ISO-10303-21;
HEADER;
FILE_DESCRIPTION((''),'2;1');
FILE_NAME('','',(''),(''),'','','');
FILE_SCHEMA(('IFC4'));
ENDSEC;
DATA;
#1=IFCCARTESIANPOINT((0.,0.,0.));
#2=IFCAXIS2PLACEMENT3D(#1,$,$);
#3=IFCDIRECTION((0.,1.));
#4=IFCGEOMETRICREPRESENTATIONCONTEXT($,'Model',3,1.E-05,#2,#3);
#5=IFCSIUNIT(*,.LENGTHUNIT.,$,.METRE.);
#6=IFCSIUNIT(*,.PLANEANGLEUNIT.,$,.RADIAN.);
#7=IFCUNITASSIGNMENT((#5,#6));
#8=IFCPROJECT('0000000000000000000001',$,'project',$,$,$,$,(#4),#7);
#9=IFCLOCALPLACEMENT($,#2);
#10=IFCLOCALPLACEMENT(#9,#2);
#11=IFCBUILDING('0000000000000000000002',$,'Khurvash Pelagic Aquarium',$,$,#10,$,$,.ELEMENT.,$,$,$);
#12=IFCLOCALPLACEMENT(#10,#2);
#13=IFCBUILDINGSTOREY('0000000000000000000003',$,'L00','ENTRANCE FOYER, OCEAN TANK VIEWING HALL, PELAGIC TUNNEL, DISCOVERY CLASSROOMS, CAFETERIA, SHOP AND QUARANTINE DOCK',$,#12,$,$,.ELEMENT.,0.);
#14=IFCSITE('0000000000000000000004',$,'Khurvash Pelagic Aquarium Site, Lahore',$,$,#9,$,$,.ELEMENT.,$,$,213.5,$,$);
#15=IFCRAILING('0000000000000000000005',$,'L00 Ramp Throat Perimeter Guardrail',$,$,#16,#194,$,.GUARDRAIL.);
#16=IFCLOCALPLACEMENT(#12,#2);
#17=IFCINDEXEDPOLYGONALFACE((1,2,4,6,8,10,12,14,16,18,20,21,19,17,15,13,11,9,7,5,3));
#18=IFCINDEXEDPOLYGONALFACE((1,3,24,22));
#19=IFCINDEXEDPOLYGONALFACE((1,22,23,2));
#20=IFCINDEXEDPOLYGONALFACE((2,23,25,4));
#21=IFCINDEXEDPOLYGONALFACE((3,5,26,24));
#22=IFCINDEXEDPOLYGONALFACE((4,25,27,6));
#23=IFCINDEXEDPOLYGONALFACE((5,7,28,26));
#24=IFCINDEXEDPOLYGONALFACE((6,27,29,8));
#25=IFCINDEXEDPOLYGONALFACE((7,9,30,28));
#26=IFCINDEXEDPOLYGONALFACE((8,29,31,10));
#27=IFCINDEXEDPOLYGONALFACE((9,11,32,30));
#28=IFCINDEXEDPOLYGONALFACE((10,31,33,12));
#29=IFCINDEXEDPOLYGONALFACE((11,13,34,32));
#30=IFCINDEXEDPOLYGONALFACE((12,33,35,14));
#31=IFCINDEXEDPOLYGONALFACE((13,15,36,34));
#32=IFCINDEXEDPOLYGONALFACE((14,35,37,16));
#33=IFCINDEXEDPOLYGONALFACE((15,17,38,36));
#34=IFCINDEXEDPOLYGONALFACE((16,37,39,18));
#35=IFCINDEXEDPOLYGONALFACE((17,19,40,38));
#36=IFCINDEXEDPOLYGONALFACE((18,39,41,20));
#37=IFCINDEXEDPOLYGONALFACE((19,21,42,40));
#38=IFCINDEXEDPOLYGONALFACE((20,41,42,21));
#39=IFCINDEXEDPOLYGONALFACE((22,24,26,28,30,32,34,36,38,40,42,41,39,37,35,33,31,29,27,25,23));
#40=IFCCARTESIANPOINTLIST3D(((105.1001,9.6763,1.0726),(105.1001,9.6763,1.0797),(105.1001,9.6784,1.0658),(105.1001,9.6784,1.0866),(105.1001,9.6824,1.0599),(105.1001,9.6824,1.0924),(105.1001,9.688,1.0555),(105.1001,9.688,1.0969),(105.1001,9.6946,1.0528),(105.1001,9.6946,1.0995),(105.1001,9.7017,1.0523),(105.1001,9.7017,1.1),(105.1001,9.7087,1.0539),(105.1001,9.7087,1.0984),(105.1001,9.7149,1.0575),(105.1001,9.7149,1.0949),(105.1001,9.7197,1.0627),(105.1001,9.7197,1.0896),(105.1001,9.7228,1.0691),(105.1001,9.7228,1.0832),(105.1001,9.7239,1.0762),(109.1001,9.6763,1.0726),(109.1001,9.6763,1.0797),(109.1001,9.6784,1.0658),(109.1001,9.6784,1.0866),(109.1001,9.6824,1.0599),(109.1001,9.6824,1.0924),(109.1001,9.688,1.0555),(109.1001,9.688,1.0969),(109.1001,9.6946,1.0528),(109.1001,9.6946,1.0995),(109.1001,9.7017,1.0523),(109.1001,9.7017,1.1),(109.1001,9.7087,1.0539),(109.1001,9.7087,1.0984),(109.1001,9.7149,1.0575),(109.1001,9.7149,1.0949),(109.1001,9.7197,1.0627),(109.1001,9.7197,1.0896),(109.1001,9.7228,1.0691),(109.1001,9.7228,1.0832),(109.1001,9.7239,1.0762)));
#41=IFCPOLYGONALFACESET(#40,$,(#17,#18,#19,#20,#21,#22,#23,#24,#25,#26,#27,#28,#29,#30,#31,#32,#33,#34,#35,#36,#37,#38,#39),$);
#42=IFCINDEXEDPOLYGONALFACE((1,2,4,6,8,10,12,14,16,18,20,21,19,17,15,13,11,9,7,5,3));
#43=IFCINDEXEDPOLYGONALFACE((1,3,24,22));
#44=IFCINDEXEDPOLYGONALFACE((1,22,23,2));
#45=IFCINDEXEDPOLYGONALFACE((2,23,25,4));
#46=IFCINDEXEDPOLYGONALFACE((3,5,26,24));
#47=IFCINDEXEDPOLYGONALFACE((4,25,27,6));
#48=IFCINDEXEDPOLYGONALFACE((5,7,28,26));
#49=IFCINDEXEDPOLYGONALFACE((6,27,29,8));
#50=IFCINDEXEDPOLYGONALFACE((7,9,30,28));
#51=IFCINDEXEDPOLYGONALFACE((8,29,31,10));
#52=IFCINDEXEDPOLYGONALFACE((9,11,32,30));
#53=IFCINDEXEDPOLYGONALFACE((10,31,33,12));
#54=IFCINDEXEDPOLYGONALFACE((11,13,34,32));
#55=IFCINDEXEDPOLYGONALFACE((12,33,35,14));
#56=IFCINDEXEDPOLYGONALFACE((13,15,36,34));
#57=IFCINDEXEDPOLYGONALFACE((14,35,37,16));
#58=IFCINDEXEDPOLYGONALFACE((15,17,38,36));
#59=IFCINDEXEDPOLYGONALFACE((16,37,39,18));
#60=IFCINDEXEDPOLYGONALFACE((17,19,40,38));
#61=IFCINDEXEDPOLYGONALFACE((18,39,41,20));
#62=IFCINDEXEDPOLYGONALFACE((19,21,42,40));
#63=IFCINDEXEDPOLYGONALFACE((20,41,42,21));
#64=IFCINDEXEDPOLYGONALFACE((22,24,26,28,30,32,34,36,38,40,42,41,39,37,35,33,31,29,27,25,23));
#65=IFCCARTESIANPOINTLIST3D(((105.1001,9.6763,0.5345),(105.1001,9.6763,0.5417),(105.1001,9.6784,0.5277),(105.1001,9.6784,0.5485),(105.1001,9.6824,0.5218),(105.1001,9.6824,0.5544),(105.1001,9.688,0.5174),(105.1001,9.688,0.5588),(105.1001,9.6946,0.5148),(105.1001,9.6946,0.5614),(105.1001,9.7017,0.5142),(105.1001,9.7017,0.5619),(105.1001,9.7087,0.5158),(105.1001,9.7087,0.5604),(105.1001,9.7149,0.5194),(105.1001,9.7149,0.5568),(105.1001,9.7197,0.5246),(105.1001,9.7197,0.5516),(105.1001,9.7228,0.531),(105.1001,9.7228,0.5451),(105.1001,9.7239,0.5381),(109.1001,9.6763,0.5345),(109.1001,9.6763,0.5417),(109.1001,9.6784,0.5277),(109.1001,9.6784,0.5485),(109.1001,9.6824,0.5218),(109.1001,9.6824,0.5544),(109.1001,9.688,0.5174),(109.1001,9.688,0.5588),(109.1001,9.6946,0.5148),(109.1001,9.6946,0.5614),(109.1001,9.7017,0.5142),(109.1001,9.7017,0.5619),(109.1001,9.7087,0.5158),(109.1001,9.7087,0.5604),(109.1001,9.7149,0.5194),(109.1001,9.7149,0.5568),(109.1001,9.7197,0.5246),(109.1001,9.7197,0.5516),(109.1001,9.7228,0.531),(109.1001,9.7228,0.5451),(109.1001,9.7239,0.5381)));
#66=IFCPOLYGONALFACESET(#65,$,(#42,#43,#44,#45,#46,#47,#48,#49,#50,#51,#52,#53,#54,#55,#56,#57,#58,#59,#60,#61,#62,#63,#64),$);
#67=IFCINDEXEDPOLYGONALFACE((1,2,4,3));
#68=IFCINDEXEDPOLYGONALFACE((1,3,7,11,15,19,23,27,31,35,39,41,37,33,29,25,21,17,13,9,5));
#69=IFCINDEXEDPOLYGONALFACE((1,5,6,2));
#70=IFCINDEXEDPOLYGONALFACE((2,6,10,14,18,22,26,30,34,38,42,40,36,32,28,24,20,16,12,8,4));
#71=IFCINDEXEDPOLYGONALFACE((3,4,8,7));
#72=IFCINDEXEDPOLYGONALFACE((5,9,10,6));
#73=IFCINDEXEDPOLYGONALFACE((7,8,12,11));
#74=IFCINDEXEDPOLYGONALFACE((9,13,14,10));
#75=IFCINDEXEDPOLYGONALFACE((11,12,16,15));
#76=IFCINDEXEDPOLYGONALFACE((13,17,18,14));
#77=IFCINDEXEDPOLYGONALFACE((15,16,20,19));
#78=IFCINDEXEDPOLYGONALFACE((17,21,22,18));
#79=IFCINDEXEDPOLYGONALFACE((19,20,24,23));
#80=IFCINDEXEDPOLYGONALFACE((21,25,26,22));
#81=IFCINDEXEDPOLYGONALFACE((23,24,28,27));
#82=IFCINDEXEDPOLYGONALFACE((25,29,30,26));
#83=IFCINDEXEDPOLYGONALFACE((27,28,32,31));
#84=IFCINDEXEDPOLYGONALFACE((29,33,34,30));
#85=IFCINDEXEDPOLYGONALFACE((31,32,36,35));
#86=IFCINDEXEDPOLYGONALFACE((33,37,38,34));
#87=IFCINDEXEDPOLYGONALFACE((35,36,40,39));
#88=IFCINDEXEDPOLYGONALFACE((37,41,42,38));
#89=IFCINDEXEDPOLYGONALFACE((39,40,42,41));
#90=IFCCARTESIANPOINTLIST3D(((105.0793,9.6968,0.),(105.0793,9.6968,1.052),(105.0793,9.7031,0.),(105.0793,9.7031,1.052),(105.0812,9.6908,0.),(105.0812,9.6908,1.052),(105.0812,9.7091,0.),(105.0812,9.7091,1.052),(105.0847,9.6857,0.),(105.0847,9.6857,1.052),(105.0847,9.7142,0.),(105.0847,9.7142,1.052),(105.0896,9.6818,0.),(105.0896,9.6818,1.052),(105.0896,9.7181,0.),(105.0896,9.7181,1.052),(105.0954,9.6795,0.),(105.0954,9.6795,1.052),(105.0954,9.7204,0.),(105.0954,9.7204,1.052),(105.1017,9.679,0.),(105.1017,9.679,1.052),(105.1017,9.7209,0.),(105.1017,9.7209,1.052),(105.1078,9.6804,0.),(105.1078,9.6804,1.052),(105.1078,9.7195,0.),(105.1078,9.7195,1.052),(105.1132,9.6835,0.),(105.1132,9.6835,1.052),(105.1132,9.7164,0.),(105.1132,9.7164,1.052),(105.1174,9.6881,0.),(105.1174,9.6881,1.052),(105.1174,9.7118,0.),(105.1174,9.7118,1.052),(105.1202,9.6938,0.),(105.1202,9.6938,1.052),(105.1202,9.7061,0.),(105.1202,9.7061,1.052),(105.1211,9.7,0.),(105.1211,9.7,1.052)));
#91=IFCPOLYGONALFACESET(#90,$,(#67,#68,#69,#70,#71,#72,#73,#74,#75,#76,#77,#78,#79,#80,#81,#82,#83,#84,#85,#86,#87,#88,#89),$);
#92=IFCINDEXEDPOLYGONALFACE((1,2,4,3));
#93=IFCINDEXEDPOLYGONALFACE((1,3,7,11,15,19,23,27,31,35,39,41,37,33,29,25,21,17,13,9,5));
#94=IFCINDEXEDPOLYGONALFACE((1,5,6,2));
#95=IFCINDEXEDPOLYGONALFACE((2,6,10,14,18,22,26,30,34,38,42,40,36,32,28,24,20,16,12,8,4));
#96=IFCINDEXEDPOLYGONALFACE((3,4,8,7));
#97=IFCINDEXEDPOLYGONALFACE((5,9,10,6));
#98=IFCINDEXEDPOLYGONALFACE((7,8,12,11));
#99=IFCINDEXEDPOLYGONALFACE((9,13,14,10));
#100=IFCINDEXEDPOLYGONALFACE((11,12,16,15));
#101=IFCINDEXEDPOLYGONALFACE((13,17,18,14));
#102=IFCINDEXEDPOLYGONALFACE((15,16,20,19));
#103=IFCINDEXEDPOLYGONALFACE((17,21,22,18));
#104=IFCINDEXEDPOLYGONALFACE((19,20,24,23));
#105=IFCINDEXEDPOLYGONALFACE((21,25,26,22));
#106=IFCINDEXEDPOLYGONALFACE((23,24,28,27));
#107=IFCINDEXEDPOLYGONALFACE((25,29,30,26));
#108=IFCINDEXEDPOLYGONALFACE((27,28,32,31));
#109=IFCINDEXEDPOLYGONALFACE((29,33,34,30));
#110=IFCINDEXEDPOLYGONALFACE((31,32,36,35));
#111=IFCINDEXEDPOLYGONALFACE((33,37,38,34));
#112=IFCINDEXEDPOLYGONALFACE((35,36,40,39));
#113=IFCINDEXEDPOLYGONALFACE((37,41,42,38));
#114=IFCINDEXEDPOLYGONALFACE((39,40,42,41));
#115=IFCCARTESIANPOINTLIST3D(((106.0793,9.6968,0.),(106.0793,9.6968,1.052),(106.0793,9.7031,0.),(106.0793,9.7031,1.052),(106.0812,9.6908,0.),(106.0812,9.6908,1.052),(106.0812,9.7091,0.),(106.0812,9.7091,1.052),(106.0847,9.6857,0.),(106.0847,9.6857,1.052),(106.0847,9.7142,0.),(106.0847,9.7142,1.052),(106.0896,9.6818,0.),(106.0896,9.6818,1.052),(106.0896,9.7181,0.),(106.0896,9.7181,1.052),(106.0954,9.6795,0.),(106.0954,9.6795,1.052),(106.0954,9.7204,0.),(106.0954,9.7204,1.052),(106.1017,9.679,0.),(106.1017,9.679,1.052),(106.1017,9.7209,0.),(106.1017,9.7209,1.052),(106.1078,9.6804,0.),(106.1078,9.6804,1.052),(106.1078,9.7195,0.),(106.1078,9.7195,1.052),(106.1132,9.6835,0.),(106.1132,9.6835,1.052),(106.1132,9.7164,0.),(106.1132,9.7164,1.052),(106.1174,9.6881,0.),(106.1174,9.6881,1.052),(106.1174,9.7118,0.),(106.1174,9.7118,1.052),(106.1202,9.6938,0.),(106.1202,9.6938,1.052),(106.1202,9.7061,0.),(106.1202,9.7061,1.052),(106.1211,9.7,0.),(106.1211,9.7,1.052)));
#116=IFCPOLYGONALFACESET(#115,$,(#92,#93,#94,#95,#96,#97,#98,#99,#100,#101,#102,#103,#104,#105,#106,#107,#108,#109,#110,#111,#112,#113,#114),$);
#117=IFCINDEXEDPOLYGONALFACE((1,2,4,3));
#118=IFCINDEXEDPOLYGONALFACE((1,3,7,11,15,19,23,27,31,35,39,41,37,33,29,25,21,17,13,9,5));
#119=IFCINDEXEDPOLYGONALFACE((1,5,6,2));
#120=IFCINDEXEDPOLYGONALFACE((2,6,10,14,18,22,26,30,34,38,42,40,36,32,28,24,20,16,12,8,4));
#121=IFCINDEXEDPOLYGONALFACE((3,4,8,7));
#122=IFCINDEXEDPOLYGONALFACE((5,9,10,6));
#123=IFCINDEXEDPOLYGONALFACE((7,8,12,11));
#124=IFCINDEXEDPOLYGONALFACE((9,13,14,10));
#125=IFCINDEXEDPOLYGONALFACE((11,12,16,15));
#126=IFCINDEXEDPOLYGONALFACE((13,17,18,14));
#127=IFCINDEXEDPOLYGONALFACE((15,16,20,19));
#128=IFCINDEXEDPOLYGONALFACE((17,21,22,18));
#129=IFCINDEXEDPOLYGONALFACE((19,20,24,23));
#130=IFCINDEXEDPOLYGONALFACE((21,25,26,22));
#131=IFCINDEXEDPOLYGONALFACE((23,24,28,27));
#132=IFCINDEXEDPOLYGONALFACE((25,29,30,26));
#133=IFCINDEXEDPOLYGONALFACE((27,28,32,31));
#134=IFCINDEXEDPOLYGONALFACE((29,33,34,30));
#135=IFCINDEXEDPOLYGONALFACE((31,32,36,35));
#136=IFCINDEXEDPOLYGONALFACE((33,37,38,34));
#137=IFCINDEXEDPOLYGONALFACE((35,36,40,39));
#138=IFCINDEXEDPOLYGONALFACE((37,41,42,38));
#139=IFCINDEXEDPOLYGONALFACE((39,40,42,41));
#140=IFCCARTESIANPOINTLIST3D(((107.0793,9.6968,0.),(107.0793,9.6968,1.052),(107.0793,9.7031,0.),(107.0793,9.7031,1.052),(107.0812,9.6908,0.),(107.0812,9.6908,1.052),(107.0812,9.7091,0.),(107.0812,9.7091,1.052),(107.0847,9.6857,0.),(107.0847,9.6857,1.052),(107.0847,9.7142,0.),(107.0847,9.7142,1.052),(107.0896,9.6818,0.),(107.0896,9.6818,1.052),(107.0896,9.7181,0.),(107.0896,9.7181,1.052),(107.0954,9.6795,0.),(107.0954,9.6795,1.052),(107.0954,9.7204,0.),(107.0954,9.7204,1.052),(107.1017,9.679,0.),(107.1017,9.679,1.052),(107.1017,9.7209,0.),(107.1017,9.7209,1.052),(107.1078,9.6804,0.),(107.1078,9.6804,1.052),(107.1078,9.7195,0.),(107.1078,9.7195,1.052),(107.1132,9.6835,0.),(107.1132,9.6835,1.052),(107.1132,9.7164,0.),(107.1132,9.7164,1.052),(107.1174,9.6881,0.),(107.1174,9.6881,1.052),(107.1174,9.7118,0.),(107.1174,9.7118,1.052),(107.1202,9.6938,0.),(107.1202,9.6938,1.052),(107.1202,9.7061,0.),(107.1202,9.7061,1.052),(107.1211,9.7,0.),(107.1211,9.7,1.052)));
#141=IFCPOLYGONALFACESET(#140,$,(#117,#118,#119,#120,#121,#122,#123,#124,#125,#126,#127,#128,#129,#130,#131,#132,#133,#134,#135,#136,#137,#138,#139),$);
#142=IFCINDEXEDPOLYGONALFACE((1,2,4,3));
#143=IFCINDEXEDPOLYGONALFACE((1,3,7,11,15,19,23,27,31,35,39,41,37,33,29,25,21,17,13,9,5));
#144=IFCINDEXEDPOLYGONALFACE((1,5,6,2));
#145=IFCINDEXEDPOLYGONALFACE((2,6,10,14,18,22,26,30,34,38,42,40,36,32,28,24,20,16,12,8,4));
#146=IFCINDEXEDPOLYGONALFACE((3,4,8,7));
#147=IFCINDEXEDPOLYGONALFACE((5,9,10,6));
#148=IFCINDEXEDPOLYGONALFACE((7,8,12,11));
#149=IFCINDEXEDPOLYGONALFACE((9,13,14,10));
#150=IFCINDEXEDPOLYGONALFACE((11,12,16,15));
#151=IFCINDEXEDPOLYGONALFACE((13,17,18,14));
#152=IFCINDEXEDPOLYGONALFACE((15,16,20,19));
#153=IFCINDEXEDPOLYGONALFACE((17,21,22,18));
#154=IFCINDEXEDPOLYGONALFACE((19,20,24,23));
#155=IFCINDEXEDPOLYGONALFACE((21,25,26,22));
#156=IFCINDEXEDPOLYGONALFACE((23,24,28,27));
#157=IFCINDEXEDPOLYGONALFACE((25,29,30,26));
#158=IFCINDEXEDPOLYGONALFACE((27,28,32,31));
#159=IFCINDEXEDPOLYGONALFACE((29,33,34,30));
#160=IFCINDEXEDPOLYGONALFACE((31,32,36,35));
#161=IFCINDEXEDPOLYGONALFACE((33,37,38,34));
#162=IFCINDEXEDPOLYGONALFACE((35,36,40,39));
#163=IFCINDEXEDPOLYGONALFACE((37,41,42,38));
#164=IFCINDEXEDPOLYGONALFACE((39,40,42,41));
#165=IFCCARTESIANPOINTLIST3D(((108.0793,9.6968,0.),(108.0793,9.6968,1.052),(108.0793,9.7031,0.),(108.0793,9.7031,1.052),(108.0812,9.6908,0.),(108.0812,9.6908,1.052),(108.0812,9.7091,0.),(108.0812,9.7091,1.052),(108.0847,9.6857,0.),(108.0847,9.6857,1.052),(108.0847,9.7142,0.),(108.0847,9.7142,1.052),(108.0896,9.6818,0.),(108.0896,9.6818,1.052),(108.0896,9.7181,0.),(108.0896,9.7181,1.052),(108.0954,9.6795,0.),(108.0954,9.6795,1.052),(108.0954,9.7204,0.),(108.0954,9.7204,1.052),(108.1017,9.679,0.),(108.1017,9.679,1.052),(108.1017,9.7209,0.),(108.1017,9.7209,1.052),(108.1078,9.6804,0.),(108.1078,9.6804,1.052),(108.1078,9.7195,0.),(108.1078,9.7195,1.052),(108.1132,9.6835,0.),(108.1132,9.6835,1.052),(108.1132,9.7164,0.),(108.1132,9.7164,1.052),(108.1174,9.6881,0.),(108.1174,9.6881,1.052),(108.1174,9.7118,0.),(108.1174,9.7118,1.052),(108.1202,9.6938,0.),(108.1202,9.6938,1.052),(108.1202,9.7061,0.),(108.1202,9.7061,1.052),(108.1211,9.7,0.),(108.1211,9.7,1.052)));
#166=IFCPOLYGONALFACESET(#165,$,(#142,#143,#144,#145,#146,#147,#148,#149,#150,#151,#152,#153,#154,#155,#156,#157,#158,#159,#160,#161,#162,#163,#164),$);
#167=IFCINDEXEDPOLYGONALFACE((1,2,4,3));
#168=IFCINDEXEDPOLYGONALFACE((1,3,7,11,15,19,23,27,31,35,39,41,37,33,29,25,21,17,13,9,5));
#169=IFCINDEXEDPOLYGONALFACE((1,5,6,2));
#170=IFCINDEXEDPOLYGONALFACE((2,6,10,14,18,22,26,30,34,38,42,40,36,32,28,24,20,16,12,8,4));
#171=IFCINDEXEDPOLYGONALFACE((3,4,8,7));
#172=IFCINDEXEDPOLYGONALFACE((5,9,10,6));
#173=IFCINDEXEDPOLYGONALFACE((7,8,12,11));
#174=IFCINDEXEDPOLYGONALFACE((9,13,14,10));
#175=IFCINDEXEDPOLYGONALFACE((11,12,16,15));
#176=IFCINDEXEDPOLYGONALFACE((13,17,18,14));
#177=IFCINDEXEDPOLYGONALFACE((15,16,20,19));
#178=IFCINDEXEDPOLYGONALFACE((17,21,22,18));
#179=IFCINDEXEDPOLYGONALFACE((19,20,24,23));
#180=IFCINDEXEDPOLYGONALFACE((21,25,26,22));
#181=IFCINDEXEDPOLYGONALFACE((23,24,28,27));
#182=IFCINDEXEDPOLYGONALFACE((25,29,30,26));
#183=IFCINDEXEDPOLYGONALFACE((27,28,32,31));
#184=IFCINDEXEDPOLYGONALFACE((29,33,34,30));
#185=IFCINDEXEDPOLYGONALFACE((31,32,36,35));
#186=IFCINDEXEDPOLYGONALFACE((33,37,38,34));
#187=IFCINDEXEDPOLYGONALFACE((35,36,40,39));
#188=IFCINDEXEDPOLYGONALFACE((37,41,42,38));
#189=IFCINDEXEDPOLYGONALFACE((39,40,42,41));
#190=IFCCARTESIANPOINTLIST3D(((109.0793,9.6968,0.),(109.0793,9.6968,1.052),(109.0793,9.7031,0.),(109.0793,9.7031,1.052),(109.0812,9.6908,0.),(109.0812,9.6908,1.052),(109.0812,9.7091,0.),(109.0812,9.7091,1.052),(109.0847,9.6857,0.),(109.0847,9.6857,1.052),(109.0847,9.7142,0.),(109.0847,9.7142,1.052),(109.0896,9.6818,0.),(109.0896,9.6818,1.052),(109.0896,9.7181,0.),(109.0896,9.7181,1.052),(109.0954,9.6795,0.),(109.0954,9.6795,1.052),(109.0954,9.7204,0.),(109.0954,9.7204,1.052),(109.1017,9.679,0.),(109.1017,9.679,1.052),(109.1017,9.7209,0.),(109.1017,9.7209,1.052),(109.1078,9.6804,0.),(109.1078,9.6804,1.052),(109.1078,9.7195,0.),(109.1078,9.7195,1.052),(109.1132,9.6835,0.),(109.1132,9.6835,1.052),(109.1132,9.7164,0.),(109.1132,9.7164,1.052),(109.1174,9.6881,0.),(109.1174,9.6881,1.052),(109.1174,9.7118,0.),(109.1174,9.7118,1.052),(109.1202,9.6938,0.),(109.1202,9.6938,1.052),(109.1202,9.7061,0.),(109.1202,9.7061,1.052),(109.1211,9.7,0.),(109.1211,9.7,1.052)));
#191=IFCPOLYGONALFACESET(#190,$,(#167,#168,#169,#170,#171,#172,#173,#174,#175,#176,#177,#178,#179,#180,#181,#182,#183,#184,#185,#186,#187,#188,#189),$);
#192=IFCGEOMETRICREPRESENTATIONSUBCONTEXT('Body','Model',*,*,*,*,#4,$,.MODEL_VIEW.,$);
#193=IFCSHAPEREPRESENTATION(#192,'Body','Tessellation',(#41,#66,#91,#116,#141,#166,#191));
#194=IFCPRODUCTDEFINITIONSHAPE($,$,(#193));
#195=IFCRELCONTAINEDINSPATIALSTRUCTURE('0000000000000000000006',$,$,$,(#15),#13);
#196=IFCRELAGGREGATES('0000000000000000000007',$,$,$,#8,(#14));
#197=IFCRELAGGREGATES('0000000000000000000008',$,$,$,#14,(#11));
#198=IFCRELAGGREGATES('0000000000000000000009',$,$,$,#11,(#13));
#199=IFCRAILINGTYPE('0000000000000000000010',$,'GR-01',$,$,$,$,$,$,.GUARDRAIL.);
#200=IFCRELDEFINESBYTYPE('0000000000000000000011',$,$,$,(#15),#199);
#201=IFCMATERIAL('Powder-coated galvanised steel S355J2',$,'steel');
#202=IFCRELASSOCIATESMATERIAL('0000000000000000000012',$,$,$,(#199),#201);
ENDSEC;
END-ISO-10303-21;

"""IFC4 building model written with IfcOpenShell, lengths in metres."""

from ifc_helpers import new_model, si_unit, direction, frame, origin, origin_2d, place, context, subcontext, project, spatial, circle, extrude, material, type_object, element, save


model = new_model("IFC4")

# Units and contexts
model_context = context("Model", 3, precision=1e-05, world=origin(), true_north=direction((0.0, 1.0)))
body_context = subcontext(model_context, "Body", "Model", "MODEL_VIEW")
ifc_project = project(units=[si_unit("LENGTHUNIT", "METRE"), si_unit("PLANEANGLEUNIT", "RADIAN")], contexts=[model_context])

# Site, building, storey
site_placement = place(None, origin())
site = spatial("IfcSite", under=ifc_project, at=site_placement, Name="Khurvash Pelagic Aquarium Site, Lahore", CompositionType="ELEMENT", RefElevation=213.5)
building_placement = place(site_placement, origin())
building = spatial("IfcBuilding", under=site, at=building_placement, Name="Khurvash Pelagic Aquarium", CompositionType="ELEMENT")
storey_placement = place(building_placement, origin())
storey = spatial("IfcBuildingStorey", under=building, at=storey_placement, Name="L00", Description="ENTRANCE FOYER, OCEAN TANK VIEWING HALL, PELAGIC TUNNEL, DISCOVERY CLASSROOMS, CAFETERIA, SHOP AND QUARANTINE DOCK", CompositionType="ELEMENT", Elevation=0.0)

# Railing
ifc_material_1 = material(Name="Powder-coated galvanised steel S355J2", Category="steel")
railing_type = type_object("IfcRailingType", Name="GR-01", PredefinedType="GUARDRAIL", material=ifc_material_1)
railing_placement = place(storey_placement, frame((105.1001, 9.7, 0.0)))
element("IfcRailing", 1, at=railing_placement, inside=storey, type_object=railing_type, Name="L00 Ramp Throat Perimeter Guardrail", PredefinedType="GUARDRAIL", context=body_context, shape_type="SweptSolid", body=[
    extrude(circle(Radius=0.0239, at=origin_2d()), frame((0.0, 0.0, 1.0762), z_axis=(1.0, 0.0, 0.0), x_axis=(0.0, 1.0, 0.0)), (0.0, 0.0, 1.0), 4.0),
    extrude(circle(Radius=0.0239, at=origin_2d()), frame((0.0, 0.0, 0.5381), z_axis=(1.0, 0.0, 0.0), x_axis=(0.0, 1.0, 0.0)), (0.0, 0.0, 1.0), 4.0),
    extrude(circle(Radius=0.021, at=origin_2d()), origin(), (0.0, 0.0, 1.0), 1.052),
    extrude(circle(Radius=0.021, at=origin_2d()), frame((1.0, 0.0, 0.0)), (0.0, 0.0, 1.0), 1.052),
    extrude(circle(Radius=0.021, at=origin_2d()), frame((2.0, 0.0, 0.0)), (0.0, 0.0, 1.0), 1.052),
    extrude(circle(Radius=0.021, at=origin_2d()), frame((3.0, 0.0, 0.0)), (0.0, 0.0, 1.0), 1.052),
    extrude(circle(Radius=0.021, at=origin_2d()), frame((4.0, 0.0, 0.0)), (0.0, 0.0, 1.0), 1.052),
])

save(model, "model.ifc")
